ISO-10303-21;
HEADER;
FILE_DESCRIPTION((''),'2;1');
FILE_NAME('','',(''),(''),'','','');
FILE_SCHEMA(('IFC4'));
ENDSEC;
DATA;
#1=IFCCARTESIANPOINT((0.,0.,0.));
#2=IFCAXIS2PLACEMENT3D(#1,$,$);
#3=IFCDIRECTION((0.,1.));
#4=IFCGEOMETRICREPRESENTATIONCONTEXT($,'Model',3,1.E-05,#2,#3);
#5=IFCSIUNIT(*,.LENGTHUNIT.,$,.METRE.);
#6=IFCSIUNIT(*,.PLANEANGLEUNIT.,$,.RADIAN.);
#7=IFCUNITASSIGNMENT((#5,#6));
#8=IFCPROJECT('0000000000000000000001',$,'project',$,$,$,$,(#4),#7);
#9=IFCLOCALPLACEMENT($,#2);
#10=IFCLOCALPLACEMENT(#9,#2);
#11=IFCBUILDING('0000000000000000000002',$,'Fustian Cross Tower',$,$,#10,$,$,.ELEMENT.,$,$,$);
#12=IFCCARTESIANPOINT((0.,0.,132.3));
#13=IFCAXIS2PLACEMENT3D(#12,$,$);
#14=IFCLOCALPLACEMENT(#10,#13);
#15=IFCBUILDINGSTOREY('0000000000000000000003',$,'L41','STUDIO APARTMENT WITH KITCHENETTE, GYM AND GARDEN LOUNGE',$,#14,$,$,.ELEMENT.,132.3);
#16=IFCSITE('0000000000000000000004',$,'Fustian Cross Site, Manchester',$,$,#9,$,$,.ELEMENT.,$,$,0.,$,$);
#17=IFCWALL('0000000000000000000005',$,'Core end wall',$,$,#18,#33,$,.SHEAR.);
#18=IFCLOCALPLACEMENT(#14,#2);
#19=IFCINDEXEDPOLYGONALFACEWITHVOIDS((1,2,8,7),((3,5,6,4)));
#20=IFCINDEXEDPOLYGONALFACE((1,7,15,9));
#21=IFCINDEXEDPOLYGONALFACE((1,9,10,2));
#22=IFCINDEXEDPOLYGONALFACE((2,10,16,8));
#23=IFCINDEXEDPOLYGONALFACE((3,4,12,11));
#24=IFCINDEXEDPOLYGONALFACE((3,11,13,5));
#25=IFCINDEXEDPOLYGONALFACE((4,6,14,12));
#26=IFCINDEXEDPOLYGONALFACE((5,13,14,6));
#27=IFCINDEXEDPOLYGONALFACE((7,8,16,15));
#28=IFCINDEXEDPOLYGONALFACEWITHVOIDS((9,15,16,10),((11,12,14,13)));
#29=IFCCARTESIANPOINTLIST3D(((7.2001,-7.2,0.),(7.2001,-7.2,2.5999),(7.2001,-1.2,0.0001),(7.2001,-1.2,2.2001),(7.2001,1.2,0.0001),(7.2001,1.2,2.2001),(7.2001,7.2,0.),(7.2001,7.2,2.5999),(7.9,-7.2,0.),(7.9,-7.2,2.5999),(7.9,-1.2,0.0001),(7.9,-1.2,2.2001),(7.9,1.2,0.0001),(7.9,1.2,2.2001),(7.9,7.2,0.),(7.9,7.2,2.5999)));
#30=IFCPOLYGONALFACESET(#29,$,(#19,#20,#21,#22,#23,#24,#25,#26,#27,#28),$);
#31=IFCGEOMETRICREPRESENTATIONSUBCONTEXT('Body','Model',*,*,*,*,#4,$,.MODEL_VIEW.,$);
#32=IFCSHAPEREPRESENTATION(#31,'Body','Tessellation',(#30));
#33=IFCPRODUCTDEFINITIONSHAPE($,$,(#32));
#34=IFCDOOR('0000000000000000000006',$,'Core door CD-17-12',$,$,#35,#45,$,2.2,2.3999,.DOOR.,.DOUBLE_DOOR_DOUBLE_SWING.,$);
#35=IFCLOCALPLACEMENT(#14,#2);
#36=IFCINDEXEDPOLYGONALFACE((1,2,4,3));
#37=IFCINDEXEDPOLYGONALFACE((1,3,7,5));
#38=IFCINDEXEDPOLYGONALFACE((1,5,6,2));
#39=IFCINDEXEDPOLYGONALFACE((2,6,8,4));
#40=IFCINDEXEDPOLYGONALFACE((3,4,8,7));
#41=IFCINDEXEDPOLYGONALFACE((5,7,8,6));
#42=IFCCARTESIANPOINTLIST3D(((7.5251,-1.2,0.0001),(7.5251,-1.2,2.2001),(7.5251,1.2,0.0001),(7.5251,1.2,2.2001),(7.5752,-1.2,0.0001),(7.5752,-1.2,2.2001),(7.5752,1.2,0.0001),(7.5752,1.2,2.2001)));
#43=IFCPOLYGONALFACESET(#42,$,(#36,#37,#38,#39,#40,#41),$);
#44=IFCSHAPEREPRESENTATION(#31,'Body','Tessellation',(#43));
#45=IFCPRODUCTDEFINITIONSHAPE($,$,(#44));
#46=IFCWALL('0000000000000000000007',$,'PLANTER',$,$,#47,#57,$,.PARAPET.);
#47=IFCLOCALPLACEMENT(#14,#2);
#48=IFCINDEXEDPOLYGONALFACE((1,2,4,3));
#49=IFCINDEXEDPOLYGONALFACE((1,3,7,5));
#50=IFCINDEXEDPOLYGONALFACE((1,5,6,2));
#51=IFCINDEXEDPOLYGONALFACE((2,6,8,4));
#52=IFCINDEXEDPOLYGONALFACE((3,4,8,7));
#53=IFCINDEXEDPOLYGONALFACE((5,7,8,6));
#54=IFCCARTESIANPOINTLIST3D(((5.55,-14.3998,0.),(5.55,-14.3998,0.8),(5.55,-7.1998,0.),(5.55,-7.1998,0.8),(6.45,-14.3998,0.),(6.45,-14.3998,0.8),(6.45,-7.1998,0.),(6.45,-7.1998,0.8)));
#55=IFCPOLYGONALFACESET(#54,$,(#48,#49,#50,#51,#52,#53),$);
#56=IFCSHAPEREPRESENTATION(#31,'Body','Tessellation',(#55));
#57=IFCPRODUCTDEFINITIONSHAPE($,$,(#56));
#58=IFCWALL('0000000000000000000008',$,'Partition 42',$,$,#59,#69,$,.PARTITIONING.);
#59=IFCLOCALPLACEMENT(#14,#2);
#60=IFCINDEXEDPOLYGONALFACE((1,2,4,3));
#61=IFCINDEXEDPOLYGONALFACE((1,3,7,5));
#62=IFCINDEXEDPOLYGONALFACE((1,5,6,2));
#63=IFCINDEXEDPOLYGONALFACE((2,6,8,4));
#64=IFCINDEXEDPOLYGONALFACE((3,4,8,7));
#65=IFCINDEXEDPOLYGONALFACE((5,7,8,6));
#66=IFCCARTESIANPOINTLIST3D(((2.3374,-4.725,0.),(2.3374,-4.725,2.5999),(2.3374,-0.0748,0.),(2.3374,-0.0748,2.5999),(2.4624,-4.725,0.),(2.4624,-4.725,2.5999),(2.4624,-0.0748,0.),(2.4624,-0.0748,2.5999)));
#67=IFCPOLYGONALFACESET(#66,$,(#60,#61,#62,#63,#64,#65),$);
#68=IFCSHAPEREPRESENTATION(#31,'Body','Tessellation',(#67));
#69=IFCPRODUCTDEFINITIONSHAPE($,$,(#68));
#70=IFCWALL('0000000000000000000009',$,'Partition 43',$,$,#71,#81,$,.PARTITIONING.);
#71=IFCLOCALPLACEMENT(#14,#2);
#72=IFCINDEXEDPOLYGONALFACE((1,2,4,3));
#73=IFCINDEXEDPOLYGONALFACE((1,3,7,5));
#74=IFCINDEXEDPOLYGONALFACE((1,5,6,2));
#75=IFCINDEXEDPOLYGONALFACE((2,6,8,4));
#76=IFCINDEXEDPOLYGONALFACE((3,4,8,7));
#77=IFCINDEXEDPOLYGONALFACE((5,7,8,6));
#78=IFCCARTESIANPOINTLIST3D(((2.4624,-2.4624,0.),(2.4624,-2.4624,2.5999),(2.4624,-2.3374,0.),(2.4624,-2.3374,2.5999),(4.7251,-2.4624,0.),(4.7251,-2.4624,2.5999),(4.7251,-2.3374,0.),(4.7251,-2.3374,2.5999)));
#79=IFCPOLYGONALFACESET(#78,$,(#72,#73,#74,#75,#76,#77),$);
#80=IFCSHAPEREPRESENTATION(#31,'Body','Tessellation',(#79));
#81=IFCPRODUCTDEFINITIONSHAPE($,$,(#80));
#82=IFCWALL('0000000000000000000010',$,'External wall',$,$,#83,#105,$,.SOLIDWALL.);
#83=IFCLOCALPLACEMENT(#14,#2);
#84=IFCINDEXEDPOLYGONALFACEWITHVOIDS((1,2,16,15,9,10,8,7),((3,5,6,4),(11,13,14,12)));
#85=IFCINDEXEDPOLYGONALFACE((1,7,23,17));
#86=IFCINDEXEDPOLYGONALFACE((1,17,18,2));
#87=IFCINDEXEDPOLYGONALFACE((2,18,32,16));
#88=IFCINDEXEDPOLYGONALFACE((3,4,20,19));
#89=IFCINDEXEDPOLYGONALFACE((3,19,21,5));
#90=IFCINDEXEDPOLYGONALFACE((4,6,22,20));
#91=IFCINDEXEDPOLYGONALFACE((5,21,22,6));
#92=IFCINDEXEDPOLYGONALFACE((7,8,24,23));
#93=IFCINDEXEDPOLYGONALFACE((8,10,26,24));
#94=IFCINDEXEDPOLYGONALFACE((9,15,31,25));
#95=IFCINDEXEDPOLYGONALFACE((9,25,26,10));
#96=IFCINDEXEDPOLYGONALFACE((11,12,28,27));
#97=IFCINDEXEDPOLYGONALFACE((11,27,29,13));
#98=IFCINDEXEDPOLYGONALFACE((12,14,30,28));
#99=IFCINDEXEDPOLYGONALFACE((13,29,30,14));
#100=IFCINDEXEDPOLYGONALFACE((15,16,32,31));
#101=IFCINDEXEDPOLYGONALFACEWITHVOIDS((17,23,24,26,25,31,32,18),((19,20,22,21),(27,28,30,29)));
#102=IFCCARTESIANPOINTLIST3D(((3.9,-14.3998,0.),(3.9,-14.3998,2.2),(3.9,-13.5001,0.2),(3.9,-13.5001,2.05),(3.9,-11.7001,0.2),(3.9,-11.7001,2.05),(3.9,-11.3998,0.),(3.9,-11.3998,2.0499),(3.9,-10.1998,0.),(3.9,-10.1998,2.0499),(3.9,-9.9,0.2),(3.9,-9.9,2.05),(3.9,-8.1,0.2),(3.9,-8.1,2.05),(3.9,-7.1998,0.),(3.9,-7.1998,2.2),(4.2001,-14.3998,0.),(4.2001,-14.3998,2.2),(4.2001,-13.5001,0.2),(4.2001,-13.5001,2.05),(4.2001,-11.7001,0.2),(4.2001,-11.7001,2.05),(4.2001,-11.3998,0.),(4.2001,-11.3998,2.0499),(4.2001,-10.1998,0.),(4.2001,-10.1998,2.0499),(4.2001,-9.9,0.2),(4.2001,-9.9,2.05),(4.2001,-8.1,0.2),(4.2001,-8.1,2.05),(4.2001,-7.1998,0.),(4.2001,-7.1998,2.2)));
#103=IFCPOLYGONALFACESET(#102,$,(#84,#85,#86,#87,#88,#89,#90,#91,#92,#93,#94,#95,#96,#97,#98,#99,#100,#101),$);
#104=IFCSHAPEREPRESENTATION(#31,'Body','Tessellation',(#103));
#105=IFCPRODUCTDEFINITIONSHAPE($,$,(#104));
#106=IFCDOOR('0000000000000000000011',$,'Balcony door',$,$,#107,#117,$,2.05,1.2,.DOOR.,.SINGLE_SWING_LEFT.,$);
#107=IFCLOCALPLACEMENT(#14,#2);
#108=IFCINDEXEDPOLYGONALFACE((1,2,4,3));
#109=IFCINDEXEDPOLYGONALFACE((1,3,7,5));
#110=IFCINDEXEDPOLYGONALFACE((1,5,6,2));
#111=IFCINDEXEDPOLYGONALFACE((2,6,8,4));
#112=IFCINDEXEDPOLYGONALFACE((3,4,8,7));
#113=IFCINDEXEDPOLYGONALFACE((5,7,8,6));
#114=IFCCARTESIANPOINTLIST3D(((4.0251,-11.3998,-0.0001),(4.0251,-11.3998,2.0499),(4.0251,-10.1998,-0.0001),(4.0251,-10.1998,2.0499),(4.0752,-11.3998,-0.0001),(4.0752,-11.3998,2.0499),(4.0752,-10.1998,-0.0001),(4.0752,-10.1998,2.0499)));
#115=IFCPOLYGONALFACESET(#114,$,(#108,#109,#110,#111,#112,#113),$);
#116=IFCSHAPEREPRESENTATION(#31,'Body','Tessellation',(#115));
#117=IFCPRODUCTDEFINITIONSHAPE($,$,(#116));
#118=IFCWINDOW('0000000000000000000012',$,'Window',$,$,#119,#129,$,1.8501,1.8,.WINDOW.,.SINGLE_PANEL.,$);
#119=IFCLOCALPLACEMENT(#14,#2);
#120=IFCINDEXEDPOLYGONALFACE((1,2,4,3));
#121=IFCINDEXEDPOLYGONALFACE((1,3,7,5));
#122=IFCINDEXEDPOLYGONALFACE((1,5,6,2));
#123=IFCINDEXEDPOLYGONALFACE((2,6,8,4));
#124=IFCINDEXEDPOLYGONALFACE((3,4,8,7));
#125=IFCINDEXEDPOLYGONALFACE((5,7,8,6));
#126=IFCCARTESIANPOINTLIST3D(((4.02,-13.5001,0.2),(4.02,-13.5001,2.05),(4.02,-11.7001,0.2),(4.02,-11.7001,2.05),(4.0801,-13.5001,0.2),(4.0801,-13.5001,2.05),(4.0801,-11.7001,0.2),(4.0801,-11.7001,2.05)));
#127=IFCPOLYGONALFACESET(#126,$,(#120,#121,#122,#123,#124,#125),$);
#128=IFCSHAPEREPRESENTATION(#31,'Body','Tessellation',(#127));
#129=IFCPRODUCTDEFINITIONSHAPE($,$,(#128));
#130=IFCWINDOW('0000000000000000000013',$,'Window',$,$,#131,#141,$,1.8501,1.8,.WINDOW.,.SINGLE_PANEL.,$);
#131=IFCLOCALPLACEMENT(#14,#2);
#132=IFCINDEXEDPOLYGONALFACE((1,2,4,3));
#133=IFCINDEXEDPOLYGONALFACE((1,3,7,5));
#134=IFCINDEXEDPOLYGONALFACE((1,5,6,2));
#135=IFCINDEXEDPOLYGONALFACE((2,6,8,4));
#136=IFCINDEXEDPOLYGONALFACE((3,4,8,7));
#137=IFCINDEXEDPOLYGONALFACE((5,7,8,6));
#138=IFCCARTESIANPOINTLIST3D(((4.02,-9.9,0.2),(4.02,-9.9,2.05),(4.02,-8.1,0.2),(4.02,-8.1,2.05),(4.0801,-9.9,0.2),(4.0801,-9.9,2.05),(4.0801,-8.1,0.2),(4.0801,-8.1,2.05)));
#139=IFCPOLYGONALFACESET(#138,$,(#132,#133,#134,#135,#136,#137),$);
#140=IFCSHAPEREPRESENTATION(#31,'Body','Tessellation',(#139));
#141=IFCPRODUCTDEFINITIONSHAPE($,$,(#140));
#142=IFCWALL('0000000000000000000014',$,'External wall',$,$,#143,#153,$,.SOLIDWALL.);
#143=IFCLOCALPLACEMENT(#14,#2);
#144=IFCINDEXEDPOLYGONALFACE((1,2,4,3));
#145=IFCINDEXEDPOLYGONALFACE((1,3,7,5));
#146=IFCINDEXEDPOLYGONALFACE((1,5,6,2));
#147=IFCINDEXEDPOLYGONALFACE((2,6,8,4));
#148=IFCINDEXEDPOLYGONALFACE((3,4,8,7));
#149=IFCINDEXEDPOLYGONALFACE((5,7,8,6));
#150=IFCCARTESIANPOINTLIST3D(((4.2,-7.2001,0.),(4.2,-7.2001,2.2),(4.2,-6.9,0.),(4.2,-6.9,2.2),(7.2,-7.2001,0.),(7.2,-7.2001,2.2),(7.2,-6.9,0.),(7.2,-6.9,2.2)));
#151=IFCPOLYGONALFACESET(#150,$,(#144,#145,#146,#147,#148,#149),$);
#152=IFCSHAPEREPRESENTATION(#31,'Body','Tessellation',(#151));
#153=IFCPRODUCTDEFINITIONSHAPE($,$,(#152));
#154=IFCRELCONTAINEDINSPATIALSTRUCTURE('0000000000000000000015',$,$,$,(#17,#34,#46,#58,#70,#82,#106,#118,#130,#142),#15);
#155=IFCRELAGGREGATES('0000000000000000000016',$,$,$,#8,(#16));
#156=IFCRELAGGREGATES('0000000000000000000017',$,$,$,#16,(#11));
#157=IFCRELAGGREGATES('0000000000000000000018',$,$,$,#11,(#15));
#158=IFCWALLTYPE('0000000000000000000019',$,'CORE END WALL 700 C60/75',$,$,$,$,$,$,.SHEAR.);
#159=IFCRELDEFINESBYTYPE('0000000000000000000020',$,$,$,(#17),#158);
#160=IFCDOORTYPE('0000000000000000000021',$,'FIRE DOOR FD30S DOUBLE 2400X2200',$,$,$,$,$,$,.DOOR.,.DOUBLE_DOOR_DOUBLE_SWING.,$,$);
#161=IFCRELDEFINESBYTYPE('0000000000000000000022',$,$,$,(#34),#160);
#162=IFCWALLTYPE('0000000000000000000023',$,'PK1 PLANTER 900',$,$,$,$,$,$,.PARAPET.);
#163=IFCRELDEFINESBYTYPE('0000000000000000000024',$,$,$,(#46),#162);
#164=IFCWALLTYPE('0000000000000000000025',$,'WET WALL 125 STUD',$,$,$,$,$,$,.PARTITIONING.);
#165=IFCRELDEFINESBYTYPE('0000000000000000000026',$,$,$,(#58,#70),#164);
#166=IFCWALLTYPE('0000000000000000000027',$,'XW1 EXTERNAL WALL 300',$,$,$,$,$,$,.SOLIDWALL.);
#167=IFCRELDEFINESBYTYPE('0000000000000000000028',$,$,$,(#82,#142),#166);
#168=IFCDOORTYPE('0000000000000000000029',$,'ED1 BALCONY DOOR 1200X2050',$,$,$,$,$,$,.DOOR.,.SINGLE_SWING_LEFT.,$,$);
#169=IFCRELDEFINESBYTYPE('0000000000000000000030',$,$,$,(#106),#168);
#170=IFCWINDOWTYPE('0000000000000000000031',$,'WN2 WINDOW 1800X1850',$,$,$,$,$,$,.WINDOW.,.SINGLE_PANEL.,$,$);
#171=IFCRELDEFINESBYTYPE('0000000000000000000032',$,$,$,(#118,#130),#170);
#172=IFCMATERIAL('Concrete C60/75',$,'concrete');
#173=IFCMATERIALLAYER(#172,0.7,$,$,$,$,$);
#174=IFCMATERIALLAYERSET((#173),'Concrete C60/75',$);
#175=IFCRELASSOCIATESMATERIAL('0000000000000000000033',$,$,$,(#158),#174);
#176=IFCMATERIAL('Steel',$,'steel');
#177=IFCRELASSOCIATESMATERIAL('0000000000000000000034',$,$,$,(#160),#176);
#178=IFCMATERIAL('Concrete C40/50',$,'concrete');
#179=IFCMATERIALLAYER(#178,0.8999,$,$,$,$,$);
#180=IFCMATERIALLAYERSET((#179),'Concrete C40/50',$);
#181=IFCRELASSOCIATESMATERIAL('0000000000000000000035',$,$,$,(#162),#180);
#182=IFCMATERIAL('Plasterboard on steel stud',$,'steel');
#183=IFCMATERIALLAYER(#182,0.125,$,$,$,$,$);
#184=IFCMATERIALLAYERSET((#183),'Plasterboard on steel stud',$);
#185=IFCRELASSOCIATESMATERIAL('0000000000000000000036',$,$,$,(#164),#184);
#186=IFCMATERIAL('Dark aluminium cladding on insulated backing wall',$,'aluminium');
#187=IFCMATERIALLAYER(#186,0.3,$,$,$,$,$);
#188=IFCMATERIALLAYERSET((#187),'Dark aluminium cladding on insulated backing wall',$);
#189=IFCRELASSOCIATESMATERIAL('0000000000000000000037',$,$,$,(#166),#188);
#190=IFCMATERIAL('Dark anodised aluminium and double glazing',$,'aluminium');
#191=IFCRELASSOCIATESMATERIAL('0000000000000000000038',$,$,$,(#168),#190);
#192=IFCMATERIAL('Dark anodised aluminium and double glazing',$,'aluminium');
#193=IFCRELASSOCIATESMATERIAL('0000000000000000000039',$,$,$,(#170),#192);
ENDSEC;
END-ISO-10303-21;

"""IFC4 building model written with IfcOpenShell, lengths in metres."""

from ifc_helpers import new_model, si_unit, direction, frame, frame_2d, origin, place, context, subcontext, project, spatial, rectangle, extrude, material, layer, layer_set, type_object, element, fill, save


model = new_model("IFC4")

# Units and contexts
model_context = context("Model", 3, precision=1e-05, world=origin(), true_north=direction((0.0, 1.0)))
body_context = subcontext(model_context, "Body", "Model", "MODEL_VIEW")
ifc_project = project(units=[si_unit("LENGTHUNIT", "METRE"), si_unit("PLANEANGLEUNIT", "RADIAN")], contexts=[model_context])

# Site, building, storey
site_placement = place(None, origin())
site = spatial("IfcSite", under=ifc_project, at=site_placement, Name="Fustian Cross Site, Manchester", CompositionType="ELEMENT", RefElevation=0.0)
building_placement = place(site_placement, origin())
building = spatial("IfcBuilding", under=site, at=building_placement, Name="Fustian Cross Tower", CompositionType="ELEMENT")
storey_placement = place(building_placement, frame((0.0, 0.0, 132.3)))
storey = spatial("IfcBuildingStorey", under=building, at=storey_placement, Name="L41", Description="STUDIO APARTMENT WITH KITCHENETTE, GYM AND GARDEN LOUNGE", CompositionType="ELEMENT", Elevation=132.3)

# Wall, opening, door
ifc_material_1 = material(Name="Concrete C60/75", Category="concrete")
ifc_layer_1 = layer(ifc_material_1, 0.7)
ifc_layer_set_1 = layer_set([ifc_layer_1], Name="Concrete C60/75")
wall_type_1 = type_object("IfcWallType", Name="CORE END WALL 700 C60/75", PredefinedType="SHEAR", material=ifc_layer_set_1)
wall_1_placement = place(storey_placement, frame((7.55, -7.2, 0.0), z_axis=(0.0, 0.0, 1.0), x_axis=(0.0, 1.0, 0.0)))
wall_1 = element("IfcWall", 1, at=wall_1_placement, inside=storey, type_object=wall_type_1, Name="Core end wall", PredefinedType="SHEAR", context=body_context, shape_type="SweptSolid", body=[
    extrude(rectangle(XDim=14.3999, YDim=0.7, at=frame_2d((7.2, 0.0))), origin(), (0.0, 0.0, 1.0), 2.5999),
])
opening_1_placement = place(wall_1_placement, frame((6.0, 0.0, 0.0)))
opening_1 = element("IfcOpeningElement", 2, at=opening_1_placement, cuts=wall_1, PredefinedType="OPENING", context=body_context, shape_type="SweptSolid", body=[
    extrude(rectangle(XDim=2.3999, YDim=2.2, at=frame_2d((1.2, 1.1001))), frame((0.0, 0.3599, 0.0), z_axis=(0.0, -1.0, 0.0), x_axis=(1.0, 0.0, 0.0)), (0.0, 0.0, 1.0), 0.72),
])
ifc_material_2 = material(Name="Steel", Category="steel")
door_type_1 = type_object("IfcDoorType", Name="FIRE DOOR FD30S DOUBLE 2400X2200", OperationType="DOUBLE_DOOR_DOUBLE_SWING", PredefinedType="DOOR", material=ifc_material_2)
door_1_placement = place(opening_1_placement, origin())
door_1 = element("IfcDoor", 3, at=door_1_placement, inside=storey, type_object=door_type_1, Name="Core door CD-17-12", OperationType="DOUBLE_DOOR_DOUBLE_SWING", OverallHeight=2.2, OverallWidth=2.3999, PredefinedType="DOOR", context=body_context, shape_type="SweptSolid", body=[
    extrude(rectangle(XDim=2.3999, YDim=2.2, at=frame_2d((1.2, 1.1001))), frame((0.0, 0.0249, 0.0), z_axis=(0.0, -1.0, 0.0), x_axis=(1.0, 0.0, 0.0)), (0.0, 0.0, 1.0), 0.05),
])
fill(opening_1, door_1)

# Walls
ifc_material_3 = material(Name="Concrete C40/50", Category="concrete")
ifc_layer_2 = layer(ifc_material_3, 0.8999)
ifc_layer_set_2 = layer_set([ifc_layer_2], Name="Concrete C40/50")
wall_type_2 = type_object("IfcWallType", Name="PK1 PLANTER 900", PredefinedType="PARAPET", material=ifc_layer_set_2)
wall_2_placement = place(storey_placement, frame((6.0, -14.3999, 0.0), z_axis=(0.0, 0.0, 1.0), x_axis=(0.0, 1.0, 0.0)))
element("IfcWall", 4, at=wall_2_placement, inside=storey, type_object=wall_type_2, Name="PLANTER", PredefinedType="PARAPET", context=body_context, shape_type="SweptSolid", body=[
    extrude(rectangle(XDim=7.2, YDim=0.8999, at=frame_2d((3.6001, 0.0))), origin(), (0.0, 0.0, 1.0), 0.8),
])
ifc_material_4 = material(Name="Plasterboard on steel stud", Category="steel")
ifc_layer_3 = layer(ifc_material_4, 0.125)
ifc_layer_set_3 = layer_set([ifc_layer_3], Name="Plasterboard on steel stud")
wall_type_3 = type_object("IfcWallType", Name="WET WALL 125 STUD", PredefinedType="PARTITIONING", material=ifc_layer_set_3)
wall_3_placement = place(storey_placement, frame((2.3999, -4.7251, 0.0), z_axis=(0.0, 0.0, 1.0), x_axis=(0.0, 1.0, 0.0)))
element("IfcWall", 5, at=wall_3_placement, inside=storey, type_object=wall_type_3, Name="Partition 42", PredefinedType="PARTITIONING", context=body_context, shape_type="SweptSolid", body=[
    extrude(rectangle(XDim=4.6501, YDim=0.125, at=frame_2d((2.3252, 0.0))), origin(), (0.0, 0.0, 1.0), 2.5999),
])
wall_4_placement = place(storey_placement, frame((2.4624, -2.3999, 0.0), z_axis=(0.0, 0.0, 1.0), x_axis=(1.0, 0.0, 0.0)))
element("IfcWall", 6, at=wall_4_placement, inside=storey, type_object=wall_type_3, Name="Partition 43", PredefinedType="PARTITIONING", context=body_context, shape_type="SweptSolid", body=[
    extrude(rectangle(XDim=2.2627, YDim=0.125, at=frame_2d((1.1313, 0.0))), origin(), (0.0, 0.0, 1.0), 2.5999),
])

# Wall, openings, door, windows
ifc_material_5 = material(Name="Dark aluminium cladding on insulated backing wall", Category="aluminium")
ifc_layer_4 = layer(ifc_material_5, 0.3)
ifc_layer_set_4 = layer_set([ifc_layer_4], Name="Dark aluminium cladding on insulated backing wall")
wall_type_4 = type_object("IfcWallType", Name="XW1 EXTERNAL WALL 300", PredefinedType="SOLIDWALL", material=ifc_layer_set_4)
wall_5_placement = place(storey_placement, frame((4.05, -14.3999, 0.0), z_axis=(0.0, 0.0, 1.0), x_axis=(0.0, 1.0, 0.0)))
wall_5 = element("IfcWall", 7, at=wall_5_placement, inside=storey, type_object=wall_type_4, Name="External wall", PredefinedType="SOLIDWALL", context=body_context, shape_type="SweptSolid", body=[
    extrude(rectangle(XDim=7.2, YDim=0.3, at=frame_2d((3.6001, 0.0))), origin(), (0.0, 0.0, 1.0), 2.2),
])
opening_2_placement = place(wall_5_placement, frame((3.0, 0.0, 0.0)))
opening_2 = element("IfcOpeningElement", 8, at=opening_2_placement, cuts=wall_5, PredefinedType="OPENING", context=body_context, shape_type="SweptSolid", body=[
    extrude(rectangle(XDim=1.2, YDim=2.05, at=frame_2d((0.6001, 1.0249))), frame((0.0, 0.1599, 0.0), z_axis=(0.0, -1.0, 0.0), x_axis=(1.0, 0.0, 0.0)), (0.0, 0.0, 1.0), 0.3201),
])
opening_3_placement = place(wall_5_placement, frame((0.8999, 0.0, 0.2)))
opening_3 = element("IfcOpeningElement", 9, at=opening_3_placement, cuts=wall_5, PredefinedType="OPENING", context=body_context, shape_type="SweptSolid", body=[
    extrude(rectangle(XDim=1.8, YDim=1.8501, at=frame_2d((0.8999, 0.925))), frame((0.0, 0.1599, 0.0), z_axis=(0.0, -1.0, 0.0), x_axis=(1.0, 0.0, 0.0)), (0.0, 0.0, 1.0), 0.3201),
])
opening_4_placement = place(wall_5_placement, frame((4.5, 0.0, 0.2)))
opening_4 = element("IfcOpeningElement", 10, at=opening_4_placement, cuts=wall_5, PredefinedType="OPENING", context=body_context, shape_type="SweptSolid", body=[
    extrude(rectangle(XDim=1.8, YDim=1.8501, at=frame_2d((0.8999, 0.925))), frame((0.0, 0.1599, 0.0), z_axis=(0.0, -1.0, 0.0), x_axis=(1.0, 0.0, 0.0)), (0.0, 0.0, 1.0), 0.3201),
])
ifc_material_6 = material(Name="Dark anodised aluminium and double glazing", Category="aluminium")
door_type_2 = type_object("IfcDoorType", Name="ED1 BALCONY DOOR 1200X2050", OperationType="SINGLE_SWING_LEFT", PredefinedType="DOOR", material=ifc_material_6)
door_2_placement = place(opening_2_placement, origin())
door_2 = element("IfcDoor", 11, at=door_2_placement, inside=storey, type_object=door_type_2, Name="Balcony door", OperationType="SINGLE_SWING_LEFT", OverallHeight=2.05, OverallWidth=1.2, PredefinedType="DOOR", context=body_context, shape_type="SweptSolid", body=[
    extrude(rectangle(XDim=1.2, YDim=2.05, at=frame_2d((0.6001, 1.0249))), frame((0.0, 0.0249, 0.0), z_axis=(0.0, -1.0, 0.0), x_axis=(1.0, 0.0, 0.0)), (0.0, 0.0, 1.0), 0.05),
])
fill(opening_2, door_2)
ifc_material_7 = material(Name="Dark anodised aluminium and double glazing", Category="aluminium")
window_type = type_object("IfcWindowType", Name="WN2 WINDOW 1800X1850", PartitioningType="SINGLE_PANEL", PredefinedType="WINDOW", material=ifc_material_7)
window_1_placement = place(opening_3_placement, origin())
window_1 = element("IfcWindow", 12, at=window_1_placement, inside=storey, type_object=window_type, Name="Window", OverallHeight=1.8501, OverallWidth=1.8, PartitioningType="SINGLE_PANEL", PredefinedType="WINDOW", context=body_context, shape_type="SweptSolid", body=[
    extrude(rectangle(XDim=1.8, YDim=1.8501, at=frame_2d((0.8999, 0.925))), frame((0.0, 0.03, 0.0), z_axis=(0.0, -1.0, 0.0), x_axis=(1.0, 0.0, 0.0)), (0.0, 0.0, 1.0), 0.0601),
])
fill(opening_3, window_1)
window_2_placement = place(opening_4_placement, origin())
window_2 = element("IfcWindow", 13, at=window_2_placement, inside=storey, type_object=window_type, Name="Window", OverallHeight=1.8501, OverallWidth=1.8, PartitioningType="SINGLE_PANEL", PredefinedType="WINDOW", context=body_context, shape_type="SweptSolid", body=[
    extrude(rectangle(XDim=1.8, YDim=1.8501, at=frame_2d((0.8999, 0.925))), frame((0.0, 0.03, 0.0), z_axis=(0.0, -1.0, 0.0), x_axis=(1.0, 0.0, 0.0)), (0.0, 0.0, 1.0), 0.0601),
])
fill(opening_4, window_2)

# Wall
wall_6_placement = place(storey_placement, frame((4.2, -7.05, 0.0), z_axis=(0.0, 0.0, 1.0), x_axis=(1.0, 0.0, 0.0)))
element("IfcWall", 14, at=wall_6_placement, inside=storey, type_object=wall_type_4, Name="External wall", PredefinedType="SOLIDWALL", context=body_context, shape_type="SweptSolid", body=[
    extrude(rectangle(XDim=3.0, YDim=0.3, at=frame_2d((1.5, 0.0))), origin(), (0.0, 0.0, 1.0), 2.2),
])

save(model, "model.ifc")
